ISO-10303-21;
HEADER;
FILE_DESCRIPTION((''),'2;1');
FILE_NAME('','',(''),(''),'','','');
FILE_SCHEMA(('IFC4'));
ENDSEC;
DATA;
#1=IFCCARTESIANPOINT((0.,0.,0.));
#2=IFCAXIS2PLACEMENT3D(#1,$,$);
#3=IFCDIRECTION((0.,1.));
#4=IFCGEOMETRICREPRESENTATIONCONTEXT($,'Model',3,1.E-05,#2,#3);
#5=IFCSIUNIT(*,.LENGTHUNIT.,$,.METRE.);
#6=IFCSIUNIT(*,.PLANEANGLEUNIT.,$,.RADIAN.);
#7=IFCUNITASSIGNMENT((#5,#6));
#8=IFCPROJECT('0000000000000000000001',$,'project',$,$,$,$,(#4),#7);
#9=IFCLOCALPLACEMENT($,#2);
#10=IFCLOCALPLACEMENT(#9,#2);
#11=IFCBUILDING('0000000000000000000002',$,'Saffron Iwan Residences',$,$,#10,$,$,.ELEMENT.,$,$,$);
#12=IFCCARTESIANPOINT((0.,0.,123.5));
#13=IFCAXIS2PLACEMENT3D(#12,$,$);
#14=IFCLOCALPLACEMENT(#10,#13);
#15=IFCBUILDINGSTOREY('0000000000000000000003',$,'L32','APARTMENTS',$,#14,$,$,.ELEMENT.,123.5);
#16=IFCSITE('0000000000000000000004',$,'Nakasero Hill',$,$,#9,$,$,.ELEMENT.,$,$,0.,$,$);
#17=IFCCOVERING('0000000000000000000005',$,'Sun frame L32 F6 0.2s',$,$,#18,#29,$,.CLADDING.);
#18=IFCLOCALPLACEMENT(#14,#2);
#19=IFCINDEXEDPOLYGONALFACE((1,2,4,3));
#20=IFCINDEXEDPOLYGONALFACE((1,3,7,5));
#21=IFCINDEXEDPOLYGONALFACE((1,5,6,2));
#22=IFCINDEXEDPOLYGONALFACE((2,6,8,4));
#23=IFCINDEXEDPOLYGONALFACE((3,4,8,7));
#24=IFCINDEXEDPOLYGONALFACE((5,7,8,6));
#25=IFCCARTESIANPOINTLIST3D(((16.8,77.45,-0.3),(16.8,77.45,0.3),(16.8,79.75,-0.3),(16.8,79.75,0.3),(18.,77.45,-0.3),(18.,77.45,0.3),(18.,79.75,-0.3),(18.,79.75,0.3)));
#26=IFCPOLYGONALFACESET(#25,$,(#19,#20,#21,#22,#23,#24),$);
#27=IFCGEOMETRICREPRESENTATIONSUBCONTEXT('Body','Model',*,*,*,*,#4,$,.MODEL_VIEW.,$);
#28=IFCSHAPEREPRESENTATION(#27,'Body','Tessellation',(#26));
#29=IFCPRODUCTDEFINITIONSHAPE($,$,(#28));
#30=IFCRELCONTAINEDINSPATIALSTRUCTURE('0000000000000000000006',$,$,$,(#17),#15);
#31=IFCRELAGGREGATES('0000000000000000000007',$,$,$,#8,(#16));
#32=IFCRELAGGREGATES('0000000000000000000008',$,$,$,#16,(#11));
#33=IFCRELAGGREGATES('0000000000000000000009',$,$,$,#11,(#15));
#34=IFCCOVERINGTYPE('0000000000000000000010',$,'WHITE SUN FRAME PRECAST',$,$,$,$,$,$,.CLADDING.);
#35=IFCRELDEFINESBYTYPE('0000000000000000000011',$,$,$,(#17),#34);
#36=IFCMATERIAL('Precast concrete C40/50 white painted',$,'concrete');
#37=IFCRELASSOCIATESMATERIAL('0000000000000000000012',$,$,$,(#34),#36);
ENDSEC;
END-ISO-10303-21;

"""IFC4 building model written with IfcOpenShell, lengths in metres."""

from ifc_helpers import new_model, si_unit, direction, frame, origin, place, context, subcontext, project, spatial, polyline, outline, extrude, material, type_object, element, save


model = new_model("IFC4")

# Units and contexts
model_context = context("Model", 3, precision=1e-05, world=origin(), true_north=direction((0.0, 1.0)))
body_context = subcontext(model_context, "Body", "Model", "MODEL_VIEW")
ifc_project = project(units=[si_unit("LENGTHUNIT", "METRE"), si_unit("PLANEANGLEUNIT", "RADIAN")], contexts=[model_context])

# Site, building, storey
site_placement = place(None, origin())
site = spatial("IfcSite", under=ifc_project, at=site_placement, Name="Nakasero Hill", CompositionType="ELEMENT", RefElevation=0.0)
building_placement = place(site_placement, origin())
building = spatial("IfcBuilding", under=site, at=building_placement, Name="Saffron Iwan Residences", CompositionType="ELEMENT")
storey_placement = place(building_placement, frame((0.0, 0.0, 123.5)))
storey = spatial("IfcBuildingStorey", under=building, at=storey_placement, Name="L32", Description="APARTMENTS", CompositionType="ELEMENT", Elevation=123.5)

# Covering
ifc_material_1 = material(Name="Precast concrete C40/50 white painted", Category="concrete")
covering_type_1 = type_object("IfcCoveringType", Name="WHITE SUN FRAME PRECAST", PredefinedType="CLADDING", material=ifc_material_1)
for number, where, z_axis, x_axis, name in (
    (1, (18.0, 79.75, -0.3), (-1.0, 0.0, 0.0), (0.0, -1.0, 0.0), "Sun frame L32 F6 0.2s"),
):
    element("IfcCovering", number, at=place(storey_placement, frame(where, z_axis=z_axis, x_axis=x_axis)), inside=storey, type_object=covering_type_1, Name=name, PredefinedType="CLADDING", context=body_context, shape_type="SweptSolid", body=[
        extrude(outline(polyline([(0.0, 0.0), (2.3, 0.0), (2.3, 0.6001), (0.0, 0.6001), (0.0, 0.0)])), origin(), (0.0, 0.0, 1.0), 1.2),
    ])

save(model, "model.ifc")
